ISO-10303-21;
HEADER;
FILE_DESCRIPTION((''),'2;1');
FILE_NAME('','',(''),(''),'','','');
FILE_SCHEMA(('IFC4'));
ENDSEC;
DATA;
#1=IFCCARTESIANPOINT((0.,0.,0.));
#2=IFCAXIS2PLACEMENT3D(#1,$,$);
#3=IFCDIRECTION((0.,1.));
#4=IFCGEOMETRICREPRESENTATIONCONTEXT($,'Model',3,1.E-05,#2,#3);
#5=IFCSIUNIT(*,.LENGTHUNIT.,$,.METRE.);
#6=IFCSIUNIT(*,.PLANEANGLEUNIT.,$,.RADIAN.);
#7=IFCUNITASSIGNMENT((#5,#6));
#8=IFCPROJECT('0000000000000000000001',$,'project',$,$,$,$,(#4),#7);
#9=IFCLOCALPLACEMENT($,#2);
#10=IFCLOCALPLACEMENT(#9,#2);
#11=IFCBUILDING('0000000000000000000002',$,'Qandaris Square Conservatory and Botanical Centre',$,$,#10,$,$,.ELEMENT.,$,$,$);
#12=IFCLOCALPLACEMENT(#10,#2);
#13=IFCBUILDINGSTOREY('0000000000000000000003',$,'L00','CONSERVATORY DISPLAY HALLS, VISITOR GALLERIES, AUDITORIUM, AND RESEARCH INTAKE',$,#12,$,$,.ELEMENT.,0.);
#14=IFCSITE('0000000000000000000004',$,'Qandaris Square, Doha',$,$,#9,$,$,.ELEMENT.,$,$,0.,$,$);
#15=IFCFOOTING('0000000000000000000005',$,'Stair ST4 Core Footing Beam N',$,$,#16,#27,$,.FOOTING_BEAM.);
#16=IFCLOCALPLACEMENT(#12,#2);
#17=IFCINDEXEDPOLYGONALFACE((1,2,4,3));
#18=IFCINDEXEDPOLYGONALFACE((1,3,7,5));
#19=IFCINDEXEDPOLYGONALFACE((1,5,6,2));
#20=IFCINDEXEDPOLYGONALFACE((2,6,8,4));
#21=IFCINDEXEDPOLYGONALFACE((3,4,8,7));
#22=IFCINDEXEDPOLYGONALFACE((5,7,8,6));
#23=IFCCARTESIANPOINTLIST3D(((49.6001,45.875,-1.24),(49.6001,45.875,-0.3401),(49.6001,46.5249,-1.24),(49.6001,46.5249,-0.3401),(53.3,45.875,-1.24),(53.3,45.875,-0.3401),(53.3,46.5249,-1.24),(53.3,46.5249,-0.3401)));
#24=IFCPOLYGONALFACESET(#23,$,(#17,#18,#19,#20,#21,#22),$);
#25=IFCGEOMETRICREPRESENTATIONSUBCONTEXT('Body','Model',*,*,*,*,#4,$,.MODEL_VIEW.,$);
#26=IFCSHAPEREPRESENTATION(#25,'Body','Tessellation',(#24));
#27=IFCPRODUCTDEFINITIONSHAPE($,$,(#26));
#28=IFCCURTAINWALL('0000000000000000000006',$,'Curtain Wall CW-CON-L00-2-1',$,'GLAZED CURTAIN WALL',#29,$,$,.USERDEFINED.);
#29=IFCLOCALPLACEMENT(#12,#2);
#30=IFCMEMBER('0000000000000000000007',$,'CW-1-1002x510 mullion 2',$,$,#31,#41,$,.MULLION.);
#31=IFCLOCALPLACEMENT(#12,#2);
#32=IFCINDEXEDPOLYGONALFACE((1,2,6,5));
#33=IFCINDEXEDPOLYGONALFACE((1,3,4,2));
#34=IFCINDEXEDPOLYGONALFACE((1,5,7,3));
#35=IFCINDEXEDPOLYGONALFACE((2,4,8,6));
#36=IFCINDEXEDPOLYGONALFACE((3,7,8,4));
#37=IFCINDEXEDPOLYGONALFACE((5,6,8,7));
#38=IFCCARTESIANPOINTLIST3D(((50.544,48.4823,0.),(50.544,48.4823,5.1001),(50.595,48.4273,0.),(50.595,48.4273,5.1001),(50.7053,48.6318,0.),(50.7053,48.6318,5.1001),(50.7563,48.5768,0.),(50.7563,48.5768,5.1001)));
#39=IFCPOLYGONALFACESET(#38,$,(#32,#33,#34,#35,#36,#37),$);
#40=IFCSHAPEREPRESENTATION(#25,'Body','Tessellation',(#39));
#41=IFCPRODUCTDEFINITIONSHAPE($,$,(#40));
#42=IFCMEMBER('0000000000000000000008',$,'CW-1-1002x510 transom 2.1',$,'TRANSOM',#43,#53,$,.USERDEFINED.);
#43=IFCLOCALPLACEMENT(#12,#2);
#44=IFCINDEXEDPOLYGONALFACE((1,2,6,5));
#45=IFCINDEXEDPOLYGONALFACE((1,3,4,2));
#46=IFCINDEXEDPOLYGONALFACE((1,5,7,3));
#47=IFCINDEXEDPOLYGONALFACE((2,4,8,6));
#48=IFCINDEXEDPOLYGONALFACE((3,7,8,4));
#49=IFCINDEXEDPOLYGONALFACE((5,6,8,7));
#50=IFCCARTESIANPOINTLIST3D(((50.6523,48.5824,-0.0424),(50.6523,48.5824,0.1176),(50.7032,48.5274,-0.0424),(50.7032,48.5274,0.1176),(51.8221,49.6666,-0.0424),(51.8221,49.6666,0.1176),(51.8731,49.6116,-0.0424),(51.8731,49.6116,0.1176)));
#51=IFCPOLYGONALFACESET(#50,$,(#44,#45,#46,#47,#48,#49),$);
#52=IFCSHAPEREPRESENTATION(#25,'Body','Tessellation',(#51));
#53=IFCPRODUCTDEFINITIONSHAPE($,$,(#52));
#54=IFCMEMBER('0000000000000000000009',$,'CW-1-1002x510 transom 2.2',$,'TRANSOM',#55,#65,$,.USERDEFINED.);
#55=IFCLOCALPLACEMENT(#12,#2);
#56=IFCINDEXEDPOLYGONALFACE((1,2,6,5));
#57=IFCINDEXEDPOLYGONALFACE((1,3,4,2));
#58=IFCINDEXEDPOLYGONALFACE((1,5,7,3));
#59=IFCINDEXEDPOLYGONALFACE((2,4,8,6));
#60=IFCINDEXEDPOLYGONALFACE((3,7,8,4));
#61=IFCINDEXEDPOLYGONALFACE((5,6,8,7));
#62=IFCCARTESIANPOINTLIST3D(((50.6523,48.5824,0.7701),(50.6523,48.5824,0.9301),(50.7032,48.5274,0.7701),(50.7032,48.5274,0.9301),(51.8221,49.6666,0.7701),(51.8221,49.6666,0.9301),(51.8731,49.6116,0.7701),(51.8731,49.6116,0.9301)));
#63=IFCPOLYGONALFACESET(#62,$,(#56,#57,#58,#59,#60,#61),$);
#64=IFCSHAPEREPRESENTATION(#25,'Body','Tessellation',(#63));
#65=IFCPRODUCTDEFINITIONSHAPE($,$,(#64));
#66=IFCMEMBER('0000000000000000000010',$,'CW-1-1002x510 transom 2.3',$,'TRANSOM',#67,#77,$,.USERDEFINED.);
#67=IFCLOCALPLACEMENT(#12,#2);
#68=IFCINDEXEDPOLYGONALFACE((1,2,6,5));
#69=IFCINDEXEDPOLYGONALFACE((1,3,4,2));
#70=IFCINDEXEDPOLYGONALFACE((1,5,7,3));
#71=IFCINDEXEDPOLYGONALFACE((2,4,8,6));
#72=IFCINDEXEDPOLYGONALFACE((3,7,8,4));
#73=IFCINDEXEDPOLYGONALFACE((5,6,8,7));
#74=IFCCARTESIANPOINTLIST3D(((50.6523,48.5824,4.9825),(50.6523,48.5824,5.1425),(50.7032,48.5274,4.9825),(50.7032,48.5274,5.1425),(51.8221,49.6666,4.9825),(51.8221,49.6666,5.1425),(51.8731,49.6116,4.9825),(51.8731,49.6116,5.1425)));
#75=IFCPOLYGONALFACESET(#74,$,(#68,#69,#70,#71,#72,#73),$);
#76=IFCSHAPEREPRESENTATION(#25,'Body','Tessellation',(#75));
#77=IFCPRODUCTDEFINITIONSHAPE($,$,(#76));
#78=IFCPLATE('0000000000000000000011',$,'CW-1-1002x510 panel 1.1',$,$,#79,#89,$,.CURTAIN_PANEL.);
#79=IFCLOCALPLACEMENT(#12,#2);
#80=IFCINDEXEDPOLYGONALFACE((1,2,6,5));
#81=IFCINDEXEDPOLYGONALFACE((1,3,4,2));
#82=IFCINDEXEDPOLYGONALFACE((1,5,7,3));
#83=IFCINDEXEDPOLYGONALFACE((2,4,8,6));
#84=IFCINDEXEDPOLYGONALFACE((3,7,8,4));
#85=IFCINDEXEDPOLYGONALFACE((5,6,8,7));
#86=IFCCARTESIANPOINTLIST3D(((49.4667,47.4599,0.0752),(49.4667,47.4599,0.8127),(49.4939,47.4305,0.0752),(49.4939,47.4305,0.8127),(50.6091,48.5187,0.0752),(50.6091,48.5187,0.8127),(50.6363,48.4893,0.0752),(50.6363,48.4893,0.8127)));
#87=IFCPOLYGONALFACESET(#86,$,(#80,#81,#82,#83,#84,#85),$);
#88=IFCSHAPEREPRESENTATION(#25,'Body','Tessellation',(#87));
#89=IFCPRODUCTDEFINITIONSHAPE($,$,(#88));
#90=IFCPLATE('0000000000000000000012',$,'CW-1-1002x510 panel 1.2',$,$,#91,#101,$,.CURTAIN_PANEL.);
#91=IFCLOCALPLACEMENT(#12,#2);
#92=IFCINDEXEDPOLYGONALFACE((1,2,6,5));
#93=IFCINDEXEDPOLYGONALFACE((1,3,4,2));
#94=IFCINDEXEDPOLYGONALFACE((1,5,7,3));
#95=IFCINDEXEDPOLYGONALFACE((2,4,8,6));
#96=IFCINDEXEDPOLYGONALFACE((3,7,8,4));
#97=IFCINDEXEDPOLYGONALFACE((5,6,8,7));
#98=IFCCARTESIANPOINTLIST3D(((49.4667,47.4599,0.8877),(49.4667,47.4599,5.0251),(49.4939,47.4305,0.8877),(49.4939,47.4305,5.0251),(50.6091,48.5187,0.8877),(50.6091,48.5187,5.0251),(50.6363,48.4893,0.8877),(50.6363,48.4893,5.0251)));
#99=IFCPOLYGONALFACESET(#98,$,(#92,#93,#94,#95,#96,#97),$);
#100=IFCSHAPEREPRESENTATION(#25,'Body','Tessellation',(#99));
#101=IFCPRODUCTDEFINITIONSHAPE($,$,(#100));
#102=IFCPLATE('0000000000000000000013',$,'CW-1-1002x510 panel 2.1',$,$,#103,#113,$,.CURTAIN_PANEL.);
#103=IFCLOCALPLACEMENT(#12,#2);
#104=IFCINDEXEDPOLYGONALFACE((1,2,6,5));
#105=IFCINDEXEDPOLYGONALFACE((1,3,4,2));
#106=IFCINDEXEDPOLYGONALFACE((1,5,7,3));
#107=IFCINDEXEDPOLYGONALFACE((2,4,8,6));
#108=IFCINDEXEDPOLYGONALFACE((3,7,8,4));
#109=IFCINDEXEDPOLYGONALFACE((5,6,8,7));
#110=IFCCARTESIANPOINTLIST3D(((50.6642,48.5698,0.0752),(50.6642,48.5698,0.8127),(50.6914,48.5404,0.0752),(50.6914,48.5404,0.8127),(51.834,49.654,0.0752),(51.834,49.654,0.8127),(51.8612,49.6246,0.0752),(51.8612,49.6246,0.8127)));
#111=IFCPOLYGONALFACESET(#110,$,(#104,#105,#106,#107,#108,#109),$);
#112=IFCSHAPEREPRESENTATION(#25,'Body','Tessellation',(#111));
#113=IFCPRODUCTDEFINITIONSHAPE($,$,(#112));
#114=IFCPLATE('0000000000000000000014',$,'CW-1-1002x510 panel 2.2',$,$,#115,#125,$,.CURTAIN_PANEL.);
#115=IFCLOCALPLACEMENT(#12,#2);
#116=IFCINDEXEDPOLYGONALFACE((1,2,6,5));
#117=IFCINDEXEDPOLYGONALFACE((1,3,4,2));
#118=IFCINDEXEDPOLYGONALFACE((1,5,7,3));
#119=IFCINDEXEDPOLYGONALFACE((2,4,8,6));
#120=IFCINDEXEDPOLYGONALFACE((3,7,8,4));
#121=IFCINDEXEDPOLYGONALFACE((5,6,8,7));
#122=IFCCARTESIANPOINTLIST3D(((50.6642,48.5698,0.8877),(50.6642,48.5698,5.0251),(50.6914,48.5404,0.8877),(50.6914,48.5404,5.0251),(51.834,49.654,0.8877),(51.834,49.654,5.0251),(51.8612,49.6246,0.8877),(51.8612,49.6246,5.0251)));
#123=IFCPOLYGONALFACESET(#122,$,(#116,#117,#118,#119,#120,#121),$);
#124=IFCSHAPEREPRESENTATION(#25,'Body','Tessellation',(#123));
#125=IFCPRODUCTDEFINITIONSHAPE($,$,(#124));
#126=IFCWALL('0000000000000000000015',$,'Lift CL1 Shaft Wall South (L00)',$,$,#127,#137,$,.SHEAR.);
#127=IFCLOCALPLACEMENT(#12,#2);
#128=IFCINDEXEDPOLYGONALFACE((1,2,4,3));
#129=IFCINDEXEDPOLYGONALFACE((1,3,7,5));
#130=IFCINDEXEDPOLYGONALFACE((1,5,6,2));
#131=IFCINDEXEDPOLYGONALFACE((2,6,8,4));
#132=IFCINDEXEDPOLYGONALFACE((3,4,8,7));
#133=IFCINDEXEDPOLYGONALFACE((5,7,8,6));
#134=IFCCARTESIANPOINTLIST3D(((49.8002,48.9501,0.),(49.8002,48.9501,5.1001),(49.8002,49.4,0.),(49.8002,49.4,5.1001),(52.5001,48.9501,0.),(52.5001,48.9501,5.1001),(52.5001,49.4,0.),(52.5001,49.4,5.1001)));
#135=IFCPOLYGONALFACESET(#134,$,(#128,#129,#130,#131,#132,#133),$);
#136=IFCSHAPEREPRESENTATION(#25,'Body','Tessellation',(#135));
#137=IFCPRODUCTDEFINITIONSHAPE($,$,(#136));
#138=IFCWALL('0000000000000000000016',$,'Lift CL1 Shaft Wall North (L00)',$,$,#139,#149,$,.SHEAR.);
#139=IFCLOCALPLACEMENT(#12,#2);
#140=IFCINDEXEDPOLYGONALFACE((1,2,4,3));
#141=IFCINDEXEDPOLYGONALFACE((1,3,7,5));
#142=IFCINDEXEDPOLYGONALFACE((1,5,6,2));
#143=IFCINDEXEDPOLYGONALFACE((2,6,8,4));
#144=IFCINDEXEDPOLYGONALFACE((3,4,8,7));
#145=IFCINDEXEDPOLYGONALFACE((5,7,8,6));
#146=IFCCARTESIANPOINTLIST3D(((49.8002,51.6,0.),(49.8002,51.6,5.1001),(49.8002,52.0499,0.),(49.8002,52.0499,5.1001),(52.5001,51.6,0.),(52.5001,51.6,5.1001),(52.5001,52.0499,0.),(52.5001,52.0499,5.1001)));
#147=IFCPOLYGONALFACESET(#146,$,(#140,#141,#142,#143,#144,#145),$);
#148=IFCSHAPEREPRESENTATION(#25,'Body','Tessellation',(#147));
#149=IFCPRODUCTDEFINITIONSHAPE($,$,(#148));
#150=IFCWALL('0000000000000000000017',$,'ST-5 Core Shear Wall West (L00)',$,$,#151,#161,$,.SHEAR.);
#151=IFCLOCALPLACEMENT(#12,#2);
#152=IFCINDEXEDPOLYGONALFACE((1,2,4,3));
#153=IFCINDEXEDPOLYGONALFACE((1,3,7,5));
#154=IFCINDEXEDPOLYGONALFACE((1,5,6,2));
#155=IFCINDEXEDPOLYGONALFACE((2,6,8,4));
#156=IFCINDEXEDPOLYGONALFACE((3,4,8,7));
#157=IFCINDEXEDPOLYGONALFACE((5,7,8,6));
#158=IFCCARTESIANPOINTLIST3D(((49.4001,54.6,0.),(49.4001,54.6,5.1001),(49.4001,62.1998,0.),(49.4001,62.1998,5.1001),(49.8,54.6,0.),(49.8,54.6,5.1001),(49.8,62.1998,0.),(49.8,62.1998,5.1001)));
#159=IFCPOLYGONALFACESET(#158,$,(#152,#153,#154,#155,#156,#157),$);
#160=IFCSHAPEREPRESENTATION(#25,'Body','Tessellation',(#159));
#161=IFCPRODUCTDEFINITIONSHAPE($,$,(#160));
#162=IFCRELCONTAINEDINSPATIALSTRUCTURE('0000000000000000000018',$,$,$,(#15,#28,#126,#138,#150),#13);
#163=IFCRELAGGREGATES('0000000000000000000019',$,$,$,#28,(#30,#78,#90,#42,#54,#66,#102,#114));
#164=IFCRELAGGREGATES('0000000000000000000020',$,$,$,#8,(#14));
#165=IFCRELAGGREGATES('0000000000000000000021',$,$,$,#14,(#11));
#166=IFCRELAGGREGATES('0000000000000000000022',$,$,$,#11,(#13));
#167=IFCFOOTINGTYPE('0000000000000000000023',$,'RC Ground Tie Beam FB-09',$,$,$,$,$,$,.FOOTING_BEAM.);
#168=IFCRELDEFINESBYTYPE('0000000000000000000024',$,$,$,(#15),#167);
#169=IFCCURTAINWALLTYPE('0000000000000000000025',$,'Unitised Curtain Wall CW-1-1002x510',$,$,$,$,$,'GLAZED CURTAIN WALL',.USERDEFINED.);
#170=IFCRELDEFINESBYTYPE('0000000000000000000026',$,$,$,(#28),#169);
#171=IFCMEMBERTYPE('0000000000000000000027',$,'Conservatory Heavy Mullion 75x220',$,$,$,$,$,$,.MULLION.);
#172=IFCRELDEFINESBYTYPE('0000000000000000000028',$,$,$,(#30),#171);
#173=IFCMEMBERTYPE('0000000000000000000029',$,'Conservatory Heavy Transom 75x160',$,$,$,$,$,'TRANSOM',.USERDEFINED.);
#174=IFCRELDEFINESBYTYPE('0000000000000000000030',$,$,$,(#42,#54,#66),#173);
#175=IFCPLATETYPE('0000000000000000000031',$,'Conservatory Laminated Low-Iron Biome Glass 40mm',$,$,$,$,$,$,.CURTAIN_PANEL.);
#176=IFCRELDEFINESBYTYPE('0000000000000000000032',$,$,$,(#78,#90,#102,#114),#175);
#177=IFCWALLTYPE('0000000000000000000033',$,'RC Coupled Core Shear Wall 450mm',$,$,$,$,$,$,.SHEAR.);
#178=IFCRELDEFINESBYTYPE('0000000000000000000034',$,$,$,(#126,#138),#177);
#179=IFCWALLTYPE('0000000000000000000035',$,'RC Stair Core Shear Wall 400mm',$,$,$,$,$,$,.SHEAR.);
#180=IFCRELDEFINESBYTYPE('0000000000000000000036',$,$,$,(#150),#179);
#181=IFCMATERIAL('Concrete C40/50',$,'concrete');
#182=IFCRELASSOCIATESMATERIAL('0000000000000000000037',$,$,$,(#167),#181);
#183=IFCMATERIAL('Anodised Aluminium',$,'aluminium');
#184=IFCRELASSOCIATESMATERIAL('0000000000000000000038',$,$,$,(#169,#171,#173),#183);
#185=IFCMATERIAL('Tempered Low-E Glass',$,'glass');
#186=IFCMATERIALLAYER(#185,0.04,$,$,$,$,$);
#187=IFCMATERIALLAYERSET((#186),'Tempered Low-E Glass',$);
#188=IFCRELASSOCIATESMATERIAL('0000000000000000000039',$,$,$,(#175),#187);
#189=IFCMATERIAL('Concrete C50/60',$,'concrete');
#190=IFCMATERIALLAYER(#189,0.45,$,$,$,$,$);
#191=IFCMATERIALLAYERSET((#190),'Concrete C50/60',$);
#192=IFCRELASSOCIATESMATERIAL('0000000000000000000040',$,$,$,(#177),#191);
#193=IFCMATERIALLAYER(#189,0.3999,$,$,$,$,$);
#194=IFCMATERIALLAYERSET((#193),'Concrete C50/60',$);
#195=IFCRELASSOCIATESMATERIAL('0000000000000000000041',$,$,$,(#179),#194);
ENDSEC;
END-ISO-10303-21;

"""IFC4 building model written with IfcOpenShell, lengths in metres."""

from ifc_helpers import new_model, si_unit, direction, frame, frame_2d, origin, origin_2d, place, context, subcontext, project, spatial, rectangle, extrude, material, layer, layer_set, material_profile, profile_set, type_object, element, aggregate, save


model = new_model("IFC4")

# Units and contexts
model_context = context("Model", 3, precision=1e-05, world=origin(), true_north=direction((0.0, 1.0)))
body_context = subcontext(model_context, "Body", "Model", "MODEL_VIEW")
ifc_project = project(units=[si_unit("LENGTHUNIT", "METRE"), si_unit("PLANEANGLEUNIT", "RADIAN")], contexts=[model_context])

# Site, building, storey
site_placement = place(None, origin())
site = spatial("IfcSite", under=ifc_project, at=site_placement, Name="Qandaris Square, Doha", CompositionType="ELEMENT", RefElevation=0.0)
building_placement = place(site_placement, origin())
building = spatial("IfcBuilding", under=site, at=building_placement, Name="Qandaris Square Conservatory and Botanical Centre", CompositionType="ELEMENT")
storey_placement = place(building_placement, origin())
storey = spatial("IfcBuildingStorey", under=building, at=storey_placement, Name="L00", Description="CONSERVATORY DISPLAY HALLS, VISITOR GALLERIES, AUDITORIUM, AND RESEARCH INTAKE", CompositionType="ELEMENT", Elevation=0.0)

# Footing
ifc_material_1 = material(Name="Concrete C40/50", Category="concrete")
ifc_material_profile_1 = material_profile(ifc_material_1, rectangle(XDim=0.6499, YDim=0.8999, at=origin_2d()), Name="FB 650x900")
ifc_profile_set_1 = profile_set([ifc_material_profile_1], Name="Concrete C40/50")
footing_type = type_object("IfcFootingType", Name="RC Ground Tie Beam FB-09", PredefinedType="FOOTING_BEAM", material=ifc_profile_set_1)
footing_placement = place(storey_placement, frame((49.6001, 46.2, -0.79), z_axis=(1.0, 0.0, 0.0), x_axis=(0.0, 1.0, 0.0)))
element("IfcFooting", 1, at=footing_placement, inside=storey, type_object=footing_type, Name="Stair ST4 Core Footing Beam N", PredefinedType="FOOTING_BEAM", context=body_context, shape_type="SweptSolid", body=[
    extrude(rectangle(XDim=0.6499, YDim=0.8999, at=origin_2d()), origin(), (0.0, 0.0, 1.0), 3.7),
])

# Curtain wall, members, plates
ifc_material_2 = material(Name="Anodised Aluminium", Category="aluminium")
curtain_wall_type = type_object("IfcCurtainWallType", Name="Unitised Curtain Wall CW-1-1002x510", ElementType="GLAZED CURTAIN WALL", PredefinedType="USERDEFINED", material=ifc_material_2)
curtain_wall_placement = place(storey_placement, origin())
curtain_wall = element("IfcCurtainWall", 2, at=curtain_wall_placement, inside=storey, type_object=curtain_wall_type, Name="Curtain Wall CW-CON-L00-2-1", ObjectType="GLAZED CURTAIN WALL", PredefinedType="USERDEFINED")
ifc_material_profile_2 = material_profile(ifc_material_2, rectangle(XDim=0.075, YDim=0.22, at=origin_2d()), Name="ALU-MUL 75x220")
ifc_profile_set_2 = profile_set([ifc_material_profile_2], Name="Anodised Aluminium")
member_type_1 = type_object("IfcMemberType", Name="Conservatory Heavy Mullion 75x220", PredefinedType="MULLION", material=ifc_profile_set_2)
member_1_placement = place(storey_placement, frame((50.6501, 48.5295, 0.0), z_axis=(0.0, 0.0, 1.0), x_axis=(-0.679762, 0.733433, 0.0)))
member_1 = element("IfcMember", 3, at=member_1_placement, type_object=member_type_1, Name="CW-1-1002x510 mullion 2", PredefinedType="MULLION", context=body_context, shape_type="SweptSolid", body=[
    extrude(rectangle(XDim=0.075, YDim=0.22, at=origin_2d()), origin(), (0.0, 0.0, 1.0), 5.1001),
])
ifc_material_profile_3 = material_profile(ifc_material_2, rectangle(XDim=0.075, YDim=0.1599, at=origin_2d()), Name="ALU-TRN 75x160")
ifc_profile_set_3 = profile_set([ifc_material_profile_3], Name="Anodised Aluminium")
member_type_2 = type_object("IfcMemberType", Name="Conservatory Heavy Transom 75x160", ElementType="TRANSOM", PredefinedType="USERDEFINED", material=ifc_profile_set_3)
member_2_placement = place(storey_placement, frame((50.6777, 48.5549, 0.0376), z_axis=(0.733458, 0.679735, 0.0), x_axis=(-0.679735, 0.733458, 0.0)))
member_2 = element("IfcMember", 4, at=member_2_placement, type_object=member_type_2, Name="CW-1-1002x510 transom 2.1", ObjectType="TRANSOM", PredefinedType="USERDEFINED", context=body_context, shape_type="SweptSolid", body=[
    extrude(rectangle(XDim=0.075, YDim=0.1599, at=origin_2d()), origin(), (0.0, 0.0, 1.0), 1.595),
])
member_3_placement = place(storey_placement, frame((50.6777, 48.5549, 0.8501), z_axis=(0.733458, 0.679735, 0.0), x_axis=(-0.679735, 0.733458, 0.0)))
member_3 = element("IfcMember", 5, at=member_3_placement, type_object=member_type_2, Name="CW-1-1002x510 transom 2.2", ObjectType="TRANSOM", PredefinedType="USERDEFINED", context=body_context, shape_type="SweptSolid", body=[
    extrude(rectangle(XDim=0.075, YDim=0.1599, at=origin_2d()), origin(), (0.0, 0.0, 1.0), 1.595),
])
member_4_placement = place(storey_placement, frame((50.6777, 48.5549, 5.0625), z_axis=(0.733458, 0.679735, 0.0), x_axis=(-0.679735, 0.733458, 0.0)))
member_4 = element("IfcMember", 6, at=member_4_placement, type_object=member_type_2, Name="CW-1-1002x510 transom 2.3", ObjectType="TRANSOM", PredefinedType="USERDEFINED", context=body_context, shape_type="SweptSolid", body=[
    extrude(rectangle(XDim=0.075, YDim=0.1599, at=origin_2d()), origin(), (0.0, 0.0, 1.0), 1.595),
])
ifc_material_3 = material(Name="Tempered Low-E Glass", Category="glass")
ifc_layer_1 = layer(ifc_material_3, 0.04)
ifc_layer_set_1 = layer_set([ifc_layer_1], Name="Tempered Low-E Glass")
plate_type = type_object("IfcPlateType", Name="Conservatory Laminated Low-Iron Biome Glass 40mm", PredefinedType="CURTAIN_PANEL", material=ifc_layer_set_1)
plate_1_placement = place(storey_placement, frame((50.0515, 47.9746, 0.0752), z_axis=(0.0, 0.0, 1.0), x_axis=(0.733433, 0.679762, 0.0)))
plate_1 = element("IfcPlate", 7, at=plate_1_placement, type_object=plate_type, Name="CW-1-1002x510 panel 1.1", PredefinedType="CURTAIN_PANEL", context=body_context, shape_type="SweptSolid", body=[
    extrude(rectangle(XDim=1.5576, YDim=0.04, at=origin_2d()), origin(), (0.0, 0.0, 1.0), 0.7375),
])
plate_2_placement = place(storey_placement, frame((50.0515, 47.9746, 0.8877), z_axis=(0.0, 0.0, 1.0), x_axis=(0.733433, 0.679762, 0.0)))
plate_2 = element("IfcPlate", 8, at=plate_2_placement, type_object=plate_type, Name="CW-1-1002x510 panel 1.2", PredefinedType="CURTAIN_PANEL", context=body_context, shape_type="SweptSolid", body=[
    extrude(rectangle(XDim=1.5576, YDim=0.04, at=origin_2d()), origin(), (0.0, 0.0, 1.0), 4.1375),
])
plate_3_placement = place(storey_placement, frame((51.2627, 49.0972, 0.0752), z_axis=(0.0, 0.0, 1.0), x_axis=(0.733433, 0.679762, 0.0)))
plate_3 = element("IfcPlate", 9, at=plate_3_placement, type_object=plate_type, Name="CW-1-1002x510 panel 2.1", PredefinedType="CURTAIN_PANEL", context=body_context, shape_type="SweptSolid", body=[
    extrude(rectangle(XDim=1.595, YDim=0.04, at=origin_2d()), origin(), (0.0, 0.0, 1.0), 0.7375),
])
plate_4_placement = place(storey_placement, frame((51.2627, 49.0972, 0.8877), z_axis=(0.0, 0.0, 1.0), x_axis=(0.733433, 0.679762, 0.0)))
plate_4 = element("IfcPlate", 10, at=plate_4_placement, type_object=plate_type, Name="CW-1-1002x510 panel 2.2", PredefinedType="CURTAIN_PANEL", context=body_context, shape_type="SweptSolid", body=[
    extrude(rectangle(XDim=1.595, YDim=0.04, at=origin_2d()), origin(), (0.0, 0.0, 1.0), 4.1375),
])
aggregate(curtain_wall, [member_1, plate_1, plate_2, member_2, member_3, member_4, plate_3, plate_4])

# Walls
ifc_material_4 = material(Name="Concrete C50/60", Category="concrete")
ifc_layer_2 = layer(ifc_material_4, 0.45)
ifc_layer_set_2 = layer_set([ifc_layer_2], Name="Concrete C50/60")
wall_type_1 = type_object("IfcWallType", Name="RC Coupled Core Shear Wall 450mm", PredefinedType="SHEAR", material=ifc_layer_set_2)
for number, where, z_axis, x_axis, name in (
    (11, (49.8, 49.175, 0.0), (0.0, 0.0, 1.0), (1.0, 0.0, 0.0), "Lift CL1 Shaft Wall South (L00)"),
    (12, (49.8, 51.825, 0.0), (0.0, 0.0, 1.0), (1.0, 0.0, 0.0), "Lift CL1 Shaft Wall North (L00)"),
):
    element("IfcWall", number, at=place(storey_placement, frame(where, z_axis=z_axis, x_axis=x_axis)), inside=storey, type_object=wall_type_1, Name=name, PredefinedType="SHEAR", context=body_context, shape_type="SweptSolid", body=[
        extrude(rectangle(XDim=2.7, YDim=0.45, at=frame_2d((1.3501, 0.0))), origin(), (0.0, 0.0, 1.0), 5.1001),
    ])
ifc_layer_3 = layer(ifc_material_4, 0.3999)
ifc_layer_set_3 = layer_set([ifc_layer_3], Name="Concrete C50/60")
wall_type_2 = type_object("IfcWallType", Name="RC Stair Core Shear Wall 400mm", PredefinedType="SHEAR", material=ifc_layer_set_3)
wall_placement = place(storey_placement, frame((49.6001, 54.6001, 0.0), z_axis=(0.0, 0.0, 1.0), x_axis=(0.0, 1.0, 0.0)))
element("IfcWall", 13, at=wall_placement, inside=storey, type_object=wall_type_2, Name="ST-5 Core Shear Wall West (L00)", PredefinedType="SHEAR", context=body_context, shape_type="SweptSolid", body=[
    extrude(rectangle(XDim=7.5999, YDim=0.3999, at=frame_2d((3.7998, 0.0))), origin(), (0.0, 0.0, 1.0), 5.1001),
])

save(model, "model.ifc")
